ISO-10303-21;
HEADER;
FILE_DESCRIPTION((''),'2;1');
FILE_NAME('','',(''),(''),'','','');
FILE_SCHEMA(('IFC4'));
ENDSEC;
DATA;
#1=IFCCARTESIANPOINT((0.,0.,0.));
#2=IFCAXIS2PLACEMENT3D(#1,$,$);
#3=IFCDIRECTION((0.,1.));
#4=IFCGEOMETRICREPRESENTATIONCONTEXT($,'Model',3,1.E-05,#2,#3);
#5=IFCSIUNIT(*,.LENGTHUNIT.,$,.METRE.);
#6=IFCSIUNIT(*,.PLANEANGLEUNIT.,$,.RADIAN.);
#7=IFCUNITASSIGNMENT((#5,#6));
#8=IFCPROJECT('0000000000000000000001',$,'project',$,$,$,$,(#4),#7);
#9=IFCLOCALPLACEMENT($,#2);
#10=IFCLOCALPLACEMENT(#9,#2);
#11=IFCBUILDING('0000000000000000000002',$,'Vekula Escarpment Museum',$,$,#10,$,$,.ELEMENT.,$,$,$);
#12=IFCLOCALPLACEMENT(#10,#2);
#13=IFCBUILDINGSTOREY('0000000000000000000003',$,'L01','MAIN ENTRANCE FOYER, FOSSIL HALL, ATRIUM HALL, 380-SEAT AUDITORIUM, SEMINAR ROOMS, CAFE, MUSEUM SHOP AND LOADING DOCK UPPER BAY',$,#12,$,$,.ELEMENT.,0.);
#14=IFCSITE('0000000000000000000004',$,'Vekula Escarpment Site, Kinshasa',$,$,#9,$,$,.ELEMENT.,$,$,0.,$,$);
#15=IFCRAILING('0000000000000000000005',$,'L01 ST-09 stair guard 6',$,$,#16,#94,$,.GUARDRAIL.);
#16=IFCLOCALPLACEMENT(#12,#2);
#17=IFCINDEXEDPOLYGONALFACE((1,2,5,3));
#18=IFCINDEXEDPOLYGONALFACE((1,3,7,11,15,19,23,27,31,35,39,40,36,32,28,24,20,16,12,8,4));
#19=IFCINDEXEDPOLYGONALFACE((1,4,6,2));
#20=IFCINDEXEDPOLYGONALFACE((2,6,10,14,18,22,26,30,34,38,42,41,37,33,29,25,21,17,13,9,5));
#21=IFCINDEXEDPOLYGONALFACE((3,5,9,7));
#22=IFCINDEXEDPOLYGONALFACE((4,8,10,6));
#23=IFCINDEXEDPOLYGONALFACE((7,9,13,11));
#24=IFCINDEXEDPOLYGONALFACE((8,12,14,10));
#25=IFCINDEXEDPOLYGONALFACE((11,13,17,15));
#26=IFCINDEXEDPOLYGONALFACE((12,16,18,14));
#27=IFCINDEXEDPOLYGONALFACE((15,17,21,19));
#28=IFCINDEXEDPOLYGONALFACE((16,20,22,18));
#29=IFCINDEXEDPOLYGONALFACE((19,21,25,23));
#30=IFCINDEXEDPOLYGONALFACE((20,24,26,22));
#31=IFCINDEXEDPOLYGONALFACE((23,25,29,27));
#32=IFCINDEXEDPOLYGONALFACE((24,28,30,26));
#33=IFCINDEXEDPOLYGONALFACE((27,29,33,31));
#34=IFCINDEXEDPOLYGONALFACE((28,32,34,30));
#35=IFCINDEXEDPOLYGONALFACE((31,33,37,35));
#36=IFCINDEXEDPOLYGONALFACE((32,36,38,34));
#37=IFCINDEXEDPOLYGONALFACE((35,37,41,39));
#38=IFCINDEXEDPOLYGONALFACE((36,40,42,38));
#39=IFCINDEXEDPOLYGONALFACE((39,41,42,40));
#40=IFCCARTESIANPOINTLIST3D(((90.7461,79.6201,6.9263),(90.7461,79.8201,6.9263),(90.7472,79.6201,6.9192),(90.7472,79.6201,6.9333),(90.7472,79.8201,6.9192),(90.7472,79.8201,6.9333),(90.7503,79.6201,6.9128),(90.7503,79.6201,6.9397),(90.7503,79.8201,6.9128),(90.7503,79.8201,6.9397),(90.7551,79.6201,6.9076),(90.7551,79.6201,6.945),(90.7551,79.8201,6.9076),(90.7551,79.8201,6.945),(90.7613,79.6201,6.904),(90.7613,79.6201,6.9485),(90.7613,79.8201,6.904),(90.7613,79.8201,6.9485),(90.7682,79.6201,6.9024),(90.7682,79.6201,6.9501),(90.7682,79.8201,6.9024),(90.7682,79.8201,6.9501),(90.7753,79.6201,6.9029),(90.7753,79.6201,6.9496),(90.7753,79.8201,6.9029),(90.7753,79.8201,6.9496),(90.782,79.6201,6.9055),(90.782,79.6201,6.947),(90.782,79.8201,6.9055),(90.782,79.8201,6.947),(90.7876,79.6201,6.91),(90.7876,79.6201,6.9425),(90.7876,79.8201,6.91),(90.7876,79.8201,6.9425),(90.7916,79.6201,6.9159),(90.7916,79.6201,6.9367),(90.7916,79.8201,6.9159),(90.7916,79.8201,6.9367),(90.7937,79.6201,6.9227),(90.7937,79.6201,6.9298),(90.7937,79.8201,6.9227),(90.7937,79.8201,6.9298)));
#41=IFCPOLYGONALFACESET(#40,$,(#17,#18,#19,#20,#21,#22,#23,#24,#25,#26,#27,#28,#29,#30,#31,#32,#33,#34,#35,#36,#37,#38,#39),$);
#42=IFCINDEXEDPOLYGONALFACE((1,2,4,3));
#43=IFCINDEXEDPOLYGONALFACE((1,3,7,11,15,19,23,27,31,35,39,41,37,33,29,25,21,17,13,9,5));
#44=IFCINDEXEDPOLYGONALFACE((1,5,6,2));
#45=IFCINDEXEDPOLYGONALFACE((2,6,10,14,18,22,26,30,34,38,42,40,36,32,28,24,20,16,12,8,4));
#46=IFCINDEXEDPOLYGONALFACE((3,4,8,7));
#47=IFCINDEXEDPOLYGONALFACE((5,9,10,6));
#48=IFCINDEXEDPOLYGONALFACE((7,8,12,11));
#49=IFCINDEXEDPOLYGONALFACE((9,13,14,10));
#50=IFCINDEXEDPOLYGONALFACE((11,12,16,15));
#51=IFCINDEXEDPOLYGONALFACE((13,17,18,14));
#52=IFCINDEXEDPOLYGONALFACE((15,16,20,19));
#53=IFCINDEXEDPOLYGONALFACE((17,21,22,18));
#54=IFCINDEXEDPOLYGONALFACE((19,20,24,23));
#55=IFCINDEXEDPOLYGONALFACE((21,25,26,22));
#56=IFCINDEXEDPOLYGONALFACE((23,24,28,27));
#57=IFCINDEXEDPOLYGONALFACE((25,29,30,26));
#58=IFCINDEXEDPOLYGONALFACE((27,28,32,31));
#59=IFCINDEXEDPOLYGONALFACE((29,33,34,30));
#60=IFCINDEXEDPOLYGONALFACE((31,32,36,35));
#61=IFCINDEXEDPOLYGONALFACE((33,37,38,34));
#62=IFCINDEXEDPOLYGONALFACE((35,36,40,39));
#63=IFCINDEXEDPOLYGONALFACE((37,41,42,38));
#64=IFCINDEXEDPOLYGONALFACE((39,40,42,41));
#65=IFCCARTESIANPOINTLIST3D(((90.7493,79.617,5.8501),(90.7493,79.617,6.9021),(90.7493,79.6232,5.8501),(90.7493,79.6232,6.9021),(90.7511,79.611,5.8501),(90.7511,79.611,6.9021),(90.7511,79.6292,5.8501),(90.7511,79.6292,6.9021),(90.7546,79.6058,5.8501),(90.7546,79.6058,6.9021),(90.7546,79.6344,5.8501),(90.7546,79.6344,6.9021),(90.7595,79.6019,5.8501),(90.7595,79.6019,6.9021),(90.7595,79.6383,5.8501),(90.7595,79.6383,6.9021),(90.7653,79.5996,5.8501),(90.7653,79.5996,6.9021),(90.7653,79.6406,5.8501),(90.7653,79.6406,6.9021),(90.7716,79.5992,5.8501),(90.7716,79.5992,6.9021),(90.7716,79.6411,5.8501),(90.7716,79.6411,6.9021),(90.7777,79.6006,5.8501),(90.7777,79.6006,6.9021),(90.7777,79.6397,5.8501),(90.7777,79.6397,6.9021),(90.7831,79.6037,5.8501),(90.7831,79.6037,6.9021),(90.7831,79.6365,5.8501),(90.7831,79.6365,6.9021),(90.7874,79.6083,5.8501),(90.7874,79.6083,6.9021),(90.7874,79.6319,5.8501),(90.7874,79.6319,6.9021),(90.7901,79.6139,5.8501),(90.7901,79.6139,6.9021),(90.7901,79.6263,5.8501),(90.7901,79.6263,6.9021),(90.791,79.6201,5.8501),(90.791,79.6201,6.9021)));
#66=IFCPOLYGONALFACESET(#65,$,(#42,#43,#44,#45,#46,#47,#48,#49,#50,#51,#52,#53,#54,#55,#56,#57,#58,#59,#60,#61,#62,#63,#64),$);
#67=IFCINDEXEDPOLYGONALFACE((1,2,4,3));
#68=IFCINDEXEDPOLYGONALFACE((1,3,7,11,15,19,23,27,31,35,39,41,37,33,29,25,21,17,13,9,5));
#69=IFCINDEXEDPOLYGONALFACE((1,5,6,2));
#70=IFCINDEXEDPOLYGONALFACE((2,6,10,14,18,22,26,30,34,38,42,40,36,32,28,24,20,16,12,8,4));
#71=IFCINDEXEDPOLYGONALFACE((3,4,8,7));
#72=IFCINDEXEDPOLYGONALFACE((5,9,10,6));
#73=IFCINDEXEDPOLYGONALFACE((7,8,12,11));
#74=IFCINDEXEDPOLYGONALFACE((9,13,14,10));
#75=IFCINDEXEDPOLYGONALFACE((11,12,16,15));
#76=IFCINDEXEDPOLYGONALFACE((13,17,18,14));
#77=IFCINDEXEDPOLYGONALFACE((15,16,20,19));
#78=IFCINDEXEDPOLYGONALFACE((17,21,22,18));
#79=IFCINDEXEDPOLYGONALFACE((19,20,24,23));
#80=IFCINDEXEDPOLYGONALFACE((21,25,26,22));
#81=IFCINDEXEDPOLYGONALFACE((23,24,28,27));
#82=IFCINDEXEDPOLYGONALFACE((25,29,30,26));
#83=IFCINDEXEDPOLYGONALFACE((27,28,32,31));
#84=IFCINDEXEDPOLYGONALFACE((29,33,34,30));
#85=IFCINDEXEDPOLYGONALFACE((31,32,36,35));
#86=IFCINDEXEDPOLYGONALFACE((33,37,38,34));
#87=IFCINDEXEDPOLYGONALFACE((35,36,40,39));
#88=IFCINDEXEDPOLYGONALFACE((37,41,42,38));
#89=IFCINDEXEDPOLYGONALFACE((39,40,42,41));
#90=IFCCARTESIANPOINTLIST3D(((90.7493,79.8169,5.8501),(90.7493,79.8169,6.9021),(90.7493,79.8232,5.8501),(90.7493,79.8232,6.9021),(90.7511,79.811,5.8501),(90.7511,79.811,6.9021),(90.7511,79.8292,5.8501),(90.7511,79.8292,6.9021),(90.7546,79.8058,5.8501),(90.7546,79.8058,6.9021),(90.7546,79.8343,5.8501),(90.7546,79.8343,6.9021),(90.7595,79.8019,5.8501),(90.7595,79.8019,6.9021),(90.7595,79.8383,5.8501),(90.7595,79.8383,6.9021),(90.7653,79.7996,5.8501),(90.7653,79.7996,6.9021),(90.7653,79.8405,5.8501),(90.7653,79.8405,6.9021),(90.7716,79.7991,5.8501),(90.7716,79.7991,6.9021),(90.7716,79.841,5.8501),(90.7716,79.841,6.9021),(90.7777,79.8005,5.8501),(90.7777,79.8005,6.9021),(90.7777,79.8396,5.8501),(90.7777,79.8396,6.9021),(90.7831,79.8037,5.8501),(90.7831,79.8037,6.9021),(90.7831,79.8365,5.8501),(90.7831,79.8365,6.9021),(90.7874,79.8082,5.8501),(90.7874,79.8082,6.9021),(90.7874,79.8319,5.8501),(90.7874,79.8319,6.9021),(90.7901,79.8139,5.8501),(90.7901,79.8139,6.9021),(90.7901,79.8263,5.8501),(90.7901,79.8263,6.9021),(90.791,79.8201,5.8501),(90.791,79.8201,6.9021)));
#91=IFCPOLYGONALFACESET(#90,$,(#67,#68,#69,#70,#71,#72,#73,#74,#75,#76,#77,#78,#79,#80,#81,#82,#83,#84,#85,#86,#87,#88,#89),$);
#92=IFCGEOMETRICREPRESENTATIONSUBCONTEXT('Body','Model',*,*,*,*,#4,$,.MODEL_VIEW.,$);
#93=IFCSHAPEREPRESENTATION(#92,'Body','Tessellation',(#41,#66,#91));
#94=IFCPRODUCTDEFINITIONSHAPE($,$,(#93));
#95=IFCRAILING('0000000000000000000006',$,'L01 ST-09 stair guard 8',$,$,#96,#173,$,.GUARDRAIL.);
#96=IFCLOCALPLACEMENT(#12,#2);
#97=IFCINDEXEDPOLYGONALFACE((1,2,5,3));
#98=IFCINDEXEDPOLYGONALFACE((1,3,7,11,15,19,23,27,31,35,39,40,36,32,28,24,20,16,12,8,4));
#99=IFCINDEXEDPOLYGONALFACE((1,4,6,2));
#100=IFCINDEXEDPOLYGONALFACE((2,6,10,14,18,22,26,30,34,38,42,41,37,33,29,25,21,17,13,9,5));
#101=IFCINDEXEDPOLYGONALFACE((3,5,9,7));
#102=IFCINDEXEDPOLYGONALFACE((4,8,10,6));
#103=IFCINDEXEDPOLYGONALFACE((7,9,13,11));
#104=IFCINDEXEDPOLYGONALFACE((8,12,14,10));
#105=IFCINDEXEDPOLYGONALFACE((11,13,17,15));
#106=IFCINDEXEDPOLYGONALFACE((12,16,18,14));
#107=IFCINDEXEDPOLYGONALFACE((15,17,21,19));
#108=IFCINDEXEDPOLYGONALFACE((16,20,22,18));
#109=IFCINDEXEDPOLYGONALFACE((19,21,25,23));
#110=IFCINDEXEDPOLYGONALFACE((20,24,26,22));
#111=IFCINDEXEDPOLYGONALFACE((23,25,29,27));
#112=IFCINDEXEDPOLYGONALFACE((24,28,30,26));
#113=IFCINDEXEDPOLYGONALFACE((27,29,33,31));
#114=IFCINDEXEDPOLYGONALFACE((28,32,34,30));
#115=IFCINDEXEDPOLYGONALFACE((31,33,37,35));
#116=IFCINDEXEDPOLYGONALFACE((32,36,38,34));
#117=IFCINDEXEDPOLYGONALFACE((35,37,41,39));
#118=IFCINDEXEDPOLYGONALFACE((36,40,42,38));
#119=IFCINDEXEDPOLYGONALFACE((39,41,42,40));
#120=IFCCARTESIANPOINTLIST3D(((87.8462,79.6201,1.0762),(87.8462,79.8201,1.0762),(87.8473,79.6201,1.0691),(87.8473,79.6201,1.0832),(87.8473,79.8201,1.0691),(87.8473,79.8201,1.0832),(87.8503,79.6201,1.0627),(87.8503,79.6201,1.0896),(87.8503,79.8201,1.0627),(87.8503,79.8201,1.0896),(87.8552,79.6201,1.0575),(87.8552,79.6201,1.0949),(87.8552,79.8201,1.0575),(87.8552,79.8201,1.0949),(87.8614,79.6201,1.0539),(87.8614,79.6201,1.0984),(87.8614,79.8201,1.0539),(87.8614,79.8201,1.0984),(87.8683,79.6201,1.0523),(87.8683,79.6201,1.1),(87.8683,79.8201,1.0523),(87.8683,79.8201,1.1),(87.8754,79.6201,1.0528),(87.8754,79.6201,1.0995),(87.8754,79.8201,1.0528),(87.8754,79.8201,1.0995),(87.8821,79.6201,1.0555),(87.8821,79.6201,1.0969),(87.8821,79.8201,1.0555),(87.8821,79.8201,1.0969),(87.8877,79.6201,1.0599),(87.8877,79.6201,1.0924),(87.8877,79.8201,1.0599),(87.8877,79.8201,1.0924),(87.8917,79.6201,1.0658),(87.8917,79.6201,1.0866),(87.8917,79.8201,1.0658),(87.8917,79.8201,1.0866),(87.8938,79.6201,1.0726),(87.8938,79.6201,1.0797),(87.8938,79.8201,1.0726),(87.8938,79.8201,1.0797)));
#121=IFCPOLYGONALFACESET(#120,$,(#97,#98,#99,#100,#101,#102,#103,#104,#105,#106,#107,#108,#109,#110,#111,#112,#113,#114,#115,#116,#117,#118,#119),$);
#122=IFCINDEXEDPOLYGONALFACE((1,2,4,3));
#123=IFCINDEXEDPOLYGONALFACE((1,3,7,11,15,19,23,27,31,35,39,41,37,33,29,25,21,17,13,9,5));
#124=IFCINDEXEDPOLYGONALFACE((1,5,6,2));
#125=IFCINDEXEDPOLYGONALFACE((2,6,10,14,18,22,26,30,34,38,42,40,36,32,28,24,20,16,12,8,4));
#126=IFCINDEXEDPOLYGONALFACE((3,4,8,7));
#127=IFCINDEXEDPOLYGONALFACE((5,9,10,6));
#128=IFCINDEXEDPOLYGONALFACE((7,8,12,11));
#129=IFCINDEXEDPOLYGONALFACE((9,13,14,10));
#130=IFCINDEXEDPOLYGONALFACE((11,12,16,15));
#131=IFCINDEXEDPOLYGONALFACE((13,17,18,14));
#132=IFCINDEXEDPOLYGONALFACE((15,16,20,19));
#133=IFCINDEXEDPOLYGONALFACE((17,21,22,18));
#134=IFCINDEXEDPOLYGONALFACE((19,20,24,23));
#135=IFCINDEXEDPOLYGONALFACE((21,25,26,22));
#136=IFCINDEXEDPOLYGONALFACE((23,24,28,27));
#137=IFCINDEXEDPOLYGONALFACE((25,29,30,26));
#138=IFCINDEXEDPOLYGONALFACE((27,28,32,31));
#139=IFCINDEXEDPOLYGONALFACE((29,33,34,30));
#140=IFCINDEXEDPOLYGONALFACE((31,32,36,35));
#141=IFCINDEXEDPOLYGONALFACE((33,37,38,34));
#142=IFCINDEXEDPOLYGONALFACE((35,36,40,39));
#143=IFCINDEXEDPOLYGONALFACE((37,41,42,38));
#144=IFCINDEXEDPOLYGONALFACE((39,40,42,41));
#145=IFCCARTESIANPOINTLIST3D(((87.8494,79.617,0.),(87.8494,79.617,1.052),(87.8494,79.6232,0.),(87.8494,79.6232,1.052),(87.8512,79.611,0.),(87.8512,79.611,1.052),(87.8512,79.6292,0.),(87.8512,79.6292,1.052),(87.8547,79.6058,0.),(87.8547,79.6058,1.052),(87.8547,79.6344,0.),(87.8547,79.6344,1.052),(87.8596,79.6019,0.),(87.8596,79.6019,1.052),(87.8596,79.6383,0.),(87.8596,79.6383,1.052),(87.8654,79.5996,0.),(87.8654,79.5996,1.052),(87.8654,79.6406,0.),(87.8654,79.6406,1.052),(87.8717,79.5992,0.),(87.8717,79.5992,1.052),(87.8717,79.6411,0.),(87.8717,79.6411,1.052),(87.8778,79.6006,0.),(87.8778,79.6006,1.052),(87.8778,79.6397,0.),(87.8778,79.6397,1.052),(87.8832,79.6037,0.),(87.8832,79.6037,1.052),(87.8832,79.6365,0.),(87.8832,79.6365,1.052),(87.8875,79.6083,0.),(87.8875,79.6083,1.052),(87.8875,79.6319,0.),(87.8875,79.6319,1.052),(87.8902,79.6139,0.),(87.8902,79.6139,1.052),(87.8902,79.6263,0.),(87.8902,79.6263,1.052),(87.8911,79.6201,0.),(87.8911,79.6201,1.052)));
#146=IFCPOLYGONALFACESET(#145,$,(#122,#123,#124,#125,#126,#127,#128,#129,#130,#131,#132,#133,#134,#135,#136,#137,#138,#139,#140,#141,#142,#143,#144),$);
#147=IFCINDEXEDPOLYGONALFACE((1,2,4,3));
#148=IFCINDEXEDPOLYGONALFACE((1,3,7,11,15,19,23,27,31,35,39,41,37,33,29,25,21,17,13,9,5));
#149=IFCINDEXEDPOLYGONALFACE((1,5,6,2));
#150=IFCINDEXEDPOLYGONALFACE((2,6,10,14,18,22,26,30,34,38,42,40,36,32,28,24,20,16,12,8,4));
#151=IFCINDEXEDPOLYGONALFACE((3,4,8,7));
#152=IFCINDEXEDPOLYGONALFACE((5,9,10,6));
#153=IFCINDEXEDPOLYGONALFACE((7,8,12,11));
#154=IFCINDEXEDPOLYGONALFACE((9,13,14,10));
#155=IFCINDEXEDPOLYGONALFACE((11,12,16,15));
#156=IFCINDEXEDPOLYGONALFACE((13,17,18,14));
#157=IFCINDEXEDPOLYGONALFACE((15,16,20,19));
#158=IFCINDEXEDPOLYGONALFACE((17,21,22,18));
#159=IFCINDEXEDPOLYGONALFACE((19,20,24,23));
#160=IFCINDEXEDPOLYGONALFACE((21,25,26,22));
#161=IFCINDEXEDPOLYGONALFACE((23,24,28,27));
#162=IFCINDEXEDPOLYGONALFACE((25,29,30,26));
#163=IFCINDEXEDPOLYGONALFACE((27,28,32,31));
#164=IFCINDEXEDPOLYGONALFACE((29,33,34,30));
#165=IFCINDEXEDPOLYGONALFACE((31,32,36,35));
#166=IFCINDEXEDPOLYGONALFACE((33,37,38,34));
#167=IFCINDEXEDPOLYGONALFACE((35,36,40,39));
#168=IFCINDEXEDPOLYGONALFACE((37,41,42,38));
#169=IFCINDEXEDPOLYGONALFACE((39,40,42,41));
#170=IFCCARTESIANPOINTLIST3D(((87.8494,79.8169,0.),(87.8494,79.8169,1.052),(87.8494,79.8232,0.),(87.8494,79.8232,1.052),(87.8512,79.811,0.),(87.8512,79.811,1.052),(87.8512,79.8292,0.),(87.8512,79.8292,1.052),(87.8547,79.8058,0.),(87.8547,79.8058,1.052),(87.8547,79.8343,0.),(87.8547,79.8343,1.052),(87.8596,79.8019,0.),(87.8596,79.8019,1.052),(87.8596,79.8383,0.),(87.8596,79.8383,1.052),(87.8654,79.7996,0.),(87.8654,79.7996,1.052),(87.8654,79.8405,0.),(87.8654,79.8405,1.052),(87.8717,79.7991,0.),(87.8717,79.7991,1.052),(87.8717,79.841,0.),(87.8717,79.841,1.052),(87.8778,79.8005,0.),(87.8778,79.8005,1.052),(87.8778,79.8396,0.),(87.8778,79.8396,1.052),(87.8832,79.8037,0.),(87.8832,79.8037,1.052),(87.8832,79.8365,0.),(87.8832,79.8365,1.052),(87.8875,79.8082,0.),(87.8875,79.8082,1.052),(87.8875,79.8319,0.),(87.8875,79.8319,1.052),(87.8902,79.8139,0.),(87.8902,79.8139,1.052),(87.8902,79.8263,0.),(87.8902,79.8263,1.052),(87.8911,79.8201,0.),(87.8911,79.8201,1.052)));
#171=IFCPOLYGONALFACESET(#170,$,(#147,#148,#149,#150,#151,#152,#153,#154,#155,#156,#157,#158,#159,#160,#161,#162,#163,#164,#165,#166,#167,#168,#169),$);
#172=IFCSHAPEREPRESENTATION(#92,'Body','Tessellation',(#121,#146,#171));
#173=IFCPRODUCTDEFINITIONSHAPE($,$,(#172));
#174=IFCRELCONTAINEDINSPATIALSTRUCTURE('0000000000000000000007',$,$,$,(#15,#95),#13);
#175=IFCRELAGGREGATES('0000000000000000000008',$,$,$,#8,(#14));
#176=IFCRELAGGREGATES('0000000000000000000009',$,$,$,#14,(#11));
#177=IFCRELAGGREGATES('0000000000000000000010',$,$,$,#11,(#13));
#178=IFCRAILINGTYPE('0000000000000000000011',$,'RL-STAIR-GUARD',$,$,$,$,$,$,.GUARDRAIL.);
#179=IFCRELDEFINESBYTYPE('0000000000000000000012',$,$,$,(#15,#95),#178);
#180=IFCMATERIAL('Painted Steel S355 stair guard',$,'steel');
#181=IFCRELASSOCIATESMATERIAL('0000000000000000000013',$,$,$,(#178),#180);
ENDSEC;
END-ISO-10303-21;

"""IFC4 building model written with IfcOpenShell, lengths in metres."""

from ifc_helpers import new_model, si_unit, direction, frame, origin, origin_2d, place, context, subcontext, project, spatial, circle, extrude, material, type_object, element, save


model = new_model("IFC4")

# Units and contexts
model_context = context("Model", 3, precision=1e-05, world=origin(), true_north=direction((0.0, 1.0)))
body_context = subcontext(model_context, "Body", "Model", "MODEL_VIEW")
ifc_project = project(units=[si_unit("LENGTHUNIT", "METRE"), si_unit("PLANEANGLEUNIT", "RADIAN")], contexts=[model_context])

# Site, building, storey
site_placement = place(None, origin())
site = spatial("IfcSite", under=ifc_project, at=site_placement, Name="Vekula Escarpment Site, Kinshasa", CompositionType="ELEMENT", RefElevation=0.0)
building_placement = place(site_placement, origin())
building = spatial("IfcBuilding", under=site, at=building_placement, Name="Vekula Escarpment Museum", CompositionType="ELEMENT")
storey_placement = place(building_placement, origin())
storey = spatial("IfcBuildingStorey", under=building, at=storey_placement, Name="L01", Description="MAIN ENTRANCE FOYER, FOSSIL HALL, ATRIUM HALL, 380-SEAT AUDITORIUM, SEMINAR ROOMS, CAFE, MUSEUM SHOP AND LOADING DOCK UPPER BAY", CompositionType="ELEMENT", Elevation=0.0)

# Railings
ifc_material_1 = material(Name="Painted Steel S355 stair guard", Category="steel")
railing_type_1 = type_object("IfcRailingType", Name="RL-STAIR-GUARD", PredefinedType="GUARDRAIL", material=ifc_material_1)
for number, where, name in (
    (1, (90.77, 79.6201, 5.8501), "L01 ST-09 stair guard 6"),
    (2, (87.8701, 79.6201, 0.0), "L01 ST-09 stair guard 8"),
):
    element("IfcRailing", number, at=place(storey_placement, frame(where)), inside=storey, type_object=railing_type_1, Name=name, PredefinedType="GUARDRAIL", context=body_context, shape_type="SweptSolid", body=[
        extrude(circle(Radius=0.0239, at=origin_2d()), frame((0.0, 0.0, 1.0762), z_axis=(0.0, 1.0, 0.0), x_axis=(-1.0, 0.0, 0.0)), (0.0, 0.0, 1.0), 0.2),
        extrude(circle(Radius=0.021, at=origin_2d()), origin(), (0.0, 0.0, 1.0), 1.052),
        extrude(circle(Radius=0.021, at=origin_2d()), frame((0.0, 0.2, 0.0)), (0.0, 0.0, 1.0), 1.052),
    ])

save(model, "model.ifc")
